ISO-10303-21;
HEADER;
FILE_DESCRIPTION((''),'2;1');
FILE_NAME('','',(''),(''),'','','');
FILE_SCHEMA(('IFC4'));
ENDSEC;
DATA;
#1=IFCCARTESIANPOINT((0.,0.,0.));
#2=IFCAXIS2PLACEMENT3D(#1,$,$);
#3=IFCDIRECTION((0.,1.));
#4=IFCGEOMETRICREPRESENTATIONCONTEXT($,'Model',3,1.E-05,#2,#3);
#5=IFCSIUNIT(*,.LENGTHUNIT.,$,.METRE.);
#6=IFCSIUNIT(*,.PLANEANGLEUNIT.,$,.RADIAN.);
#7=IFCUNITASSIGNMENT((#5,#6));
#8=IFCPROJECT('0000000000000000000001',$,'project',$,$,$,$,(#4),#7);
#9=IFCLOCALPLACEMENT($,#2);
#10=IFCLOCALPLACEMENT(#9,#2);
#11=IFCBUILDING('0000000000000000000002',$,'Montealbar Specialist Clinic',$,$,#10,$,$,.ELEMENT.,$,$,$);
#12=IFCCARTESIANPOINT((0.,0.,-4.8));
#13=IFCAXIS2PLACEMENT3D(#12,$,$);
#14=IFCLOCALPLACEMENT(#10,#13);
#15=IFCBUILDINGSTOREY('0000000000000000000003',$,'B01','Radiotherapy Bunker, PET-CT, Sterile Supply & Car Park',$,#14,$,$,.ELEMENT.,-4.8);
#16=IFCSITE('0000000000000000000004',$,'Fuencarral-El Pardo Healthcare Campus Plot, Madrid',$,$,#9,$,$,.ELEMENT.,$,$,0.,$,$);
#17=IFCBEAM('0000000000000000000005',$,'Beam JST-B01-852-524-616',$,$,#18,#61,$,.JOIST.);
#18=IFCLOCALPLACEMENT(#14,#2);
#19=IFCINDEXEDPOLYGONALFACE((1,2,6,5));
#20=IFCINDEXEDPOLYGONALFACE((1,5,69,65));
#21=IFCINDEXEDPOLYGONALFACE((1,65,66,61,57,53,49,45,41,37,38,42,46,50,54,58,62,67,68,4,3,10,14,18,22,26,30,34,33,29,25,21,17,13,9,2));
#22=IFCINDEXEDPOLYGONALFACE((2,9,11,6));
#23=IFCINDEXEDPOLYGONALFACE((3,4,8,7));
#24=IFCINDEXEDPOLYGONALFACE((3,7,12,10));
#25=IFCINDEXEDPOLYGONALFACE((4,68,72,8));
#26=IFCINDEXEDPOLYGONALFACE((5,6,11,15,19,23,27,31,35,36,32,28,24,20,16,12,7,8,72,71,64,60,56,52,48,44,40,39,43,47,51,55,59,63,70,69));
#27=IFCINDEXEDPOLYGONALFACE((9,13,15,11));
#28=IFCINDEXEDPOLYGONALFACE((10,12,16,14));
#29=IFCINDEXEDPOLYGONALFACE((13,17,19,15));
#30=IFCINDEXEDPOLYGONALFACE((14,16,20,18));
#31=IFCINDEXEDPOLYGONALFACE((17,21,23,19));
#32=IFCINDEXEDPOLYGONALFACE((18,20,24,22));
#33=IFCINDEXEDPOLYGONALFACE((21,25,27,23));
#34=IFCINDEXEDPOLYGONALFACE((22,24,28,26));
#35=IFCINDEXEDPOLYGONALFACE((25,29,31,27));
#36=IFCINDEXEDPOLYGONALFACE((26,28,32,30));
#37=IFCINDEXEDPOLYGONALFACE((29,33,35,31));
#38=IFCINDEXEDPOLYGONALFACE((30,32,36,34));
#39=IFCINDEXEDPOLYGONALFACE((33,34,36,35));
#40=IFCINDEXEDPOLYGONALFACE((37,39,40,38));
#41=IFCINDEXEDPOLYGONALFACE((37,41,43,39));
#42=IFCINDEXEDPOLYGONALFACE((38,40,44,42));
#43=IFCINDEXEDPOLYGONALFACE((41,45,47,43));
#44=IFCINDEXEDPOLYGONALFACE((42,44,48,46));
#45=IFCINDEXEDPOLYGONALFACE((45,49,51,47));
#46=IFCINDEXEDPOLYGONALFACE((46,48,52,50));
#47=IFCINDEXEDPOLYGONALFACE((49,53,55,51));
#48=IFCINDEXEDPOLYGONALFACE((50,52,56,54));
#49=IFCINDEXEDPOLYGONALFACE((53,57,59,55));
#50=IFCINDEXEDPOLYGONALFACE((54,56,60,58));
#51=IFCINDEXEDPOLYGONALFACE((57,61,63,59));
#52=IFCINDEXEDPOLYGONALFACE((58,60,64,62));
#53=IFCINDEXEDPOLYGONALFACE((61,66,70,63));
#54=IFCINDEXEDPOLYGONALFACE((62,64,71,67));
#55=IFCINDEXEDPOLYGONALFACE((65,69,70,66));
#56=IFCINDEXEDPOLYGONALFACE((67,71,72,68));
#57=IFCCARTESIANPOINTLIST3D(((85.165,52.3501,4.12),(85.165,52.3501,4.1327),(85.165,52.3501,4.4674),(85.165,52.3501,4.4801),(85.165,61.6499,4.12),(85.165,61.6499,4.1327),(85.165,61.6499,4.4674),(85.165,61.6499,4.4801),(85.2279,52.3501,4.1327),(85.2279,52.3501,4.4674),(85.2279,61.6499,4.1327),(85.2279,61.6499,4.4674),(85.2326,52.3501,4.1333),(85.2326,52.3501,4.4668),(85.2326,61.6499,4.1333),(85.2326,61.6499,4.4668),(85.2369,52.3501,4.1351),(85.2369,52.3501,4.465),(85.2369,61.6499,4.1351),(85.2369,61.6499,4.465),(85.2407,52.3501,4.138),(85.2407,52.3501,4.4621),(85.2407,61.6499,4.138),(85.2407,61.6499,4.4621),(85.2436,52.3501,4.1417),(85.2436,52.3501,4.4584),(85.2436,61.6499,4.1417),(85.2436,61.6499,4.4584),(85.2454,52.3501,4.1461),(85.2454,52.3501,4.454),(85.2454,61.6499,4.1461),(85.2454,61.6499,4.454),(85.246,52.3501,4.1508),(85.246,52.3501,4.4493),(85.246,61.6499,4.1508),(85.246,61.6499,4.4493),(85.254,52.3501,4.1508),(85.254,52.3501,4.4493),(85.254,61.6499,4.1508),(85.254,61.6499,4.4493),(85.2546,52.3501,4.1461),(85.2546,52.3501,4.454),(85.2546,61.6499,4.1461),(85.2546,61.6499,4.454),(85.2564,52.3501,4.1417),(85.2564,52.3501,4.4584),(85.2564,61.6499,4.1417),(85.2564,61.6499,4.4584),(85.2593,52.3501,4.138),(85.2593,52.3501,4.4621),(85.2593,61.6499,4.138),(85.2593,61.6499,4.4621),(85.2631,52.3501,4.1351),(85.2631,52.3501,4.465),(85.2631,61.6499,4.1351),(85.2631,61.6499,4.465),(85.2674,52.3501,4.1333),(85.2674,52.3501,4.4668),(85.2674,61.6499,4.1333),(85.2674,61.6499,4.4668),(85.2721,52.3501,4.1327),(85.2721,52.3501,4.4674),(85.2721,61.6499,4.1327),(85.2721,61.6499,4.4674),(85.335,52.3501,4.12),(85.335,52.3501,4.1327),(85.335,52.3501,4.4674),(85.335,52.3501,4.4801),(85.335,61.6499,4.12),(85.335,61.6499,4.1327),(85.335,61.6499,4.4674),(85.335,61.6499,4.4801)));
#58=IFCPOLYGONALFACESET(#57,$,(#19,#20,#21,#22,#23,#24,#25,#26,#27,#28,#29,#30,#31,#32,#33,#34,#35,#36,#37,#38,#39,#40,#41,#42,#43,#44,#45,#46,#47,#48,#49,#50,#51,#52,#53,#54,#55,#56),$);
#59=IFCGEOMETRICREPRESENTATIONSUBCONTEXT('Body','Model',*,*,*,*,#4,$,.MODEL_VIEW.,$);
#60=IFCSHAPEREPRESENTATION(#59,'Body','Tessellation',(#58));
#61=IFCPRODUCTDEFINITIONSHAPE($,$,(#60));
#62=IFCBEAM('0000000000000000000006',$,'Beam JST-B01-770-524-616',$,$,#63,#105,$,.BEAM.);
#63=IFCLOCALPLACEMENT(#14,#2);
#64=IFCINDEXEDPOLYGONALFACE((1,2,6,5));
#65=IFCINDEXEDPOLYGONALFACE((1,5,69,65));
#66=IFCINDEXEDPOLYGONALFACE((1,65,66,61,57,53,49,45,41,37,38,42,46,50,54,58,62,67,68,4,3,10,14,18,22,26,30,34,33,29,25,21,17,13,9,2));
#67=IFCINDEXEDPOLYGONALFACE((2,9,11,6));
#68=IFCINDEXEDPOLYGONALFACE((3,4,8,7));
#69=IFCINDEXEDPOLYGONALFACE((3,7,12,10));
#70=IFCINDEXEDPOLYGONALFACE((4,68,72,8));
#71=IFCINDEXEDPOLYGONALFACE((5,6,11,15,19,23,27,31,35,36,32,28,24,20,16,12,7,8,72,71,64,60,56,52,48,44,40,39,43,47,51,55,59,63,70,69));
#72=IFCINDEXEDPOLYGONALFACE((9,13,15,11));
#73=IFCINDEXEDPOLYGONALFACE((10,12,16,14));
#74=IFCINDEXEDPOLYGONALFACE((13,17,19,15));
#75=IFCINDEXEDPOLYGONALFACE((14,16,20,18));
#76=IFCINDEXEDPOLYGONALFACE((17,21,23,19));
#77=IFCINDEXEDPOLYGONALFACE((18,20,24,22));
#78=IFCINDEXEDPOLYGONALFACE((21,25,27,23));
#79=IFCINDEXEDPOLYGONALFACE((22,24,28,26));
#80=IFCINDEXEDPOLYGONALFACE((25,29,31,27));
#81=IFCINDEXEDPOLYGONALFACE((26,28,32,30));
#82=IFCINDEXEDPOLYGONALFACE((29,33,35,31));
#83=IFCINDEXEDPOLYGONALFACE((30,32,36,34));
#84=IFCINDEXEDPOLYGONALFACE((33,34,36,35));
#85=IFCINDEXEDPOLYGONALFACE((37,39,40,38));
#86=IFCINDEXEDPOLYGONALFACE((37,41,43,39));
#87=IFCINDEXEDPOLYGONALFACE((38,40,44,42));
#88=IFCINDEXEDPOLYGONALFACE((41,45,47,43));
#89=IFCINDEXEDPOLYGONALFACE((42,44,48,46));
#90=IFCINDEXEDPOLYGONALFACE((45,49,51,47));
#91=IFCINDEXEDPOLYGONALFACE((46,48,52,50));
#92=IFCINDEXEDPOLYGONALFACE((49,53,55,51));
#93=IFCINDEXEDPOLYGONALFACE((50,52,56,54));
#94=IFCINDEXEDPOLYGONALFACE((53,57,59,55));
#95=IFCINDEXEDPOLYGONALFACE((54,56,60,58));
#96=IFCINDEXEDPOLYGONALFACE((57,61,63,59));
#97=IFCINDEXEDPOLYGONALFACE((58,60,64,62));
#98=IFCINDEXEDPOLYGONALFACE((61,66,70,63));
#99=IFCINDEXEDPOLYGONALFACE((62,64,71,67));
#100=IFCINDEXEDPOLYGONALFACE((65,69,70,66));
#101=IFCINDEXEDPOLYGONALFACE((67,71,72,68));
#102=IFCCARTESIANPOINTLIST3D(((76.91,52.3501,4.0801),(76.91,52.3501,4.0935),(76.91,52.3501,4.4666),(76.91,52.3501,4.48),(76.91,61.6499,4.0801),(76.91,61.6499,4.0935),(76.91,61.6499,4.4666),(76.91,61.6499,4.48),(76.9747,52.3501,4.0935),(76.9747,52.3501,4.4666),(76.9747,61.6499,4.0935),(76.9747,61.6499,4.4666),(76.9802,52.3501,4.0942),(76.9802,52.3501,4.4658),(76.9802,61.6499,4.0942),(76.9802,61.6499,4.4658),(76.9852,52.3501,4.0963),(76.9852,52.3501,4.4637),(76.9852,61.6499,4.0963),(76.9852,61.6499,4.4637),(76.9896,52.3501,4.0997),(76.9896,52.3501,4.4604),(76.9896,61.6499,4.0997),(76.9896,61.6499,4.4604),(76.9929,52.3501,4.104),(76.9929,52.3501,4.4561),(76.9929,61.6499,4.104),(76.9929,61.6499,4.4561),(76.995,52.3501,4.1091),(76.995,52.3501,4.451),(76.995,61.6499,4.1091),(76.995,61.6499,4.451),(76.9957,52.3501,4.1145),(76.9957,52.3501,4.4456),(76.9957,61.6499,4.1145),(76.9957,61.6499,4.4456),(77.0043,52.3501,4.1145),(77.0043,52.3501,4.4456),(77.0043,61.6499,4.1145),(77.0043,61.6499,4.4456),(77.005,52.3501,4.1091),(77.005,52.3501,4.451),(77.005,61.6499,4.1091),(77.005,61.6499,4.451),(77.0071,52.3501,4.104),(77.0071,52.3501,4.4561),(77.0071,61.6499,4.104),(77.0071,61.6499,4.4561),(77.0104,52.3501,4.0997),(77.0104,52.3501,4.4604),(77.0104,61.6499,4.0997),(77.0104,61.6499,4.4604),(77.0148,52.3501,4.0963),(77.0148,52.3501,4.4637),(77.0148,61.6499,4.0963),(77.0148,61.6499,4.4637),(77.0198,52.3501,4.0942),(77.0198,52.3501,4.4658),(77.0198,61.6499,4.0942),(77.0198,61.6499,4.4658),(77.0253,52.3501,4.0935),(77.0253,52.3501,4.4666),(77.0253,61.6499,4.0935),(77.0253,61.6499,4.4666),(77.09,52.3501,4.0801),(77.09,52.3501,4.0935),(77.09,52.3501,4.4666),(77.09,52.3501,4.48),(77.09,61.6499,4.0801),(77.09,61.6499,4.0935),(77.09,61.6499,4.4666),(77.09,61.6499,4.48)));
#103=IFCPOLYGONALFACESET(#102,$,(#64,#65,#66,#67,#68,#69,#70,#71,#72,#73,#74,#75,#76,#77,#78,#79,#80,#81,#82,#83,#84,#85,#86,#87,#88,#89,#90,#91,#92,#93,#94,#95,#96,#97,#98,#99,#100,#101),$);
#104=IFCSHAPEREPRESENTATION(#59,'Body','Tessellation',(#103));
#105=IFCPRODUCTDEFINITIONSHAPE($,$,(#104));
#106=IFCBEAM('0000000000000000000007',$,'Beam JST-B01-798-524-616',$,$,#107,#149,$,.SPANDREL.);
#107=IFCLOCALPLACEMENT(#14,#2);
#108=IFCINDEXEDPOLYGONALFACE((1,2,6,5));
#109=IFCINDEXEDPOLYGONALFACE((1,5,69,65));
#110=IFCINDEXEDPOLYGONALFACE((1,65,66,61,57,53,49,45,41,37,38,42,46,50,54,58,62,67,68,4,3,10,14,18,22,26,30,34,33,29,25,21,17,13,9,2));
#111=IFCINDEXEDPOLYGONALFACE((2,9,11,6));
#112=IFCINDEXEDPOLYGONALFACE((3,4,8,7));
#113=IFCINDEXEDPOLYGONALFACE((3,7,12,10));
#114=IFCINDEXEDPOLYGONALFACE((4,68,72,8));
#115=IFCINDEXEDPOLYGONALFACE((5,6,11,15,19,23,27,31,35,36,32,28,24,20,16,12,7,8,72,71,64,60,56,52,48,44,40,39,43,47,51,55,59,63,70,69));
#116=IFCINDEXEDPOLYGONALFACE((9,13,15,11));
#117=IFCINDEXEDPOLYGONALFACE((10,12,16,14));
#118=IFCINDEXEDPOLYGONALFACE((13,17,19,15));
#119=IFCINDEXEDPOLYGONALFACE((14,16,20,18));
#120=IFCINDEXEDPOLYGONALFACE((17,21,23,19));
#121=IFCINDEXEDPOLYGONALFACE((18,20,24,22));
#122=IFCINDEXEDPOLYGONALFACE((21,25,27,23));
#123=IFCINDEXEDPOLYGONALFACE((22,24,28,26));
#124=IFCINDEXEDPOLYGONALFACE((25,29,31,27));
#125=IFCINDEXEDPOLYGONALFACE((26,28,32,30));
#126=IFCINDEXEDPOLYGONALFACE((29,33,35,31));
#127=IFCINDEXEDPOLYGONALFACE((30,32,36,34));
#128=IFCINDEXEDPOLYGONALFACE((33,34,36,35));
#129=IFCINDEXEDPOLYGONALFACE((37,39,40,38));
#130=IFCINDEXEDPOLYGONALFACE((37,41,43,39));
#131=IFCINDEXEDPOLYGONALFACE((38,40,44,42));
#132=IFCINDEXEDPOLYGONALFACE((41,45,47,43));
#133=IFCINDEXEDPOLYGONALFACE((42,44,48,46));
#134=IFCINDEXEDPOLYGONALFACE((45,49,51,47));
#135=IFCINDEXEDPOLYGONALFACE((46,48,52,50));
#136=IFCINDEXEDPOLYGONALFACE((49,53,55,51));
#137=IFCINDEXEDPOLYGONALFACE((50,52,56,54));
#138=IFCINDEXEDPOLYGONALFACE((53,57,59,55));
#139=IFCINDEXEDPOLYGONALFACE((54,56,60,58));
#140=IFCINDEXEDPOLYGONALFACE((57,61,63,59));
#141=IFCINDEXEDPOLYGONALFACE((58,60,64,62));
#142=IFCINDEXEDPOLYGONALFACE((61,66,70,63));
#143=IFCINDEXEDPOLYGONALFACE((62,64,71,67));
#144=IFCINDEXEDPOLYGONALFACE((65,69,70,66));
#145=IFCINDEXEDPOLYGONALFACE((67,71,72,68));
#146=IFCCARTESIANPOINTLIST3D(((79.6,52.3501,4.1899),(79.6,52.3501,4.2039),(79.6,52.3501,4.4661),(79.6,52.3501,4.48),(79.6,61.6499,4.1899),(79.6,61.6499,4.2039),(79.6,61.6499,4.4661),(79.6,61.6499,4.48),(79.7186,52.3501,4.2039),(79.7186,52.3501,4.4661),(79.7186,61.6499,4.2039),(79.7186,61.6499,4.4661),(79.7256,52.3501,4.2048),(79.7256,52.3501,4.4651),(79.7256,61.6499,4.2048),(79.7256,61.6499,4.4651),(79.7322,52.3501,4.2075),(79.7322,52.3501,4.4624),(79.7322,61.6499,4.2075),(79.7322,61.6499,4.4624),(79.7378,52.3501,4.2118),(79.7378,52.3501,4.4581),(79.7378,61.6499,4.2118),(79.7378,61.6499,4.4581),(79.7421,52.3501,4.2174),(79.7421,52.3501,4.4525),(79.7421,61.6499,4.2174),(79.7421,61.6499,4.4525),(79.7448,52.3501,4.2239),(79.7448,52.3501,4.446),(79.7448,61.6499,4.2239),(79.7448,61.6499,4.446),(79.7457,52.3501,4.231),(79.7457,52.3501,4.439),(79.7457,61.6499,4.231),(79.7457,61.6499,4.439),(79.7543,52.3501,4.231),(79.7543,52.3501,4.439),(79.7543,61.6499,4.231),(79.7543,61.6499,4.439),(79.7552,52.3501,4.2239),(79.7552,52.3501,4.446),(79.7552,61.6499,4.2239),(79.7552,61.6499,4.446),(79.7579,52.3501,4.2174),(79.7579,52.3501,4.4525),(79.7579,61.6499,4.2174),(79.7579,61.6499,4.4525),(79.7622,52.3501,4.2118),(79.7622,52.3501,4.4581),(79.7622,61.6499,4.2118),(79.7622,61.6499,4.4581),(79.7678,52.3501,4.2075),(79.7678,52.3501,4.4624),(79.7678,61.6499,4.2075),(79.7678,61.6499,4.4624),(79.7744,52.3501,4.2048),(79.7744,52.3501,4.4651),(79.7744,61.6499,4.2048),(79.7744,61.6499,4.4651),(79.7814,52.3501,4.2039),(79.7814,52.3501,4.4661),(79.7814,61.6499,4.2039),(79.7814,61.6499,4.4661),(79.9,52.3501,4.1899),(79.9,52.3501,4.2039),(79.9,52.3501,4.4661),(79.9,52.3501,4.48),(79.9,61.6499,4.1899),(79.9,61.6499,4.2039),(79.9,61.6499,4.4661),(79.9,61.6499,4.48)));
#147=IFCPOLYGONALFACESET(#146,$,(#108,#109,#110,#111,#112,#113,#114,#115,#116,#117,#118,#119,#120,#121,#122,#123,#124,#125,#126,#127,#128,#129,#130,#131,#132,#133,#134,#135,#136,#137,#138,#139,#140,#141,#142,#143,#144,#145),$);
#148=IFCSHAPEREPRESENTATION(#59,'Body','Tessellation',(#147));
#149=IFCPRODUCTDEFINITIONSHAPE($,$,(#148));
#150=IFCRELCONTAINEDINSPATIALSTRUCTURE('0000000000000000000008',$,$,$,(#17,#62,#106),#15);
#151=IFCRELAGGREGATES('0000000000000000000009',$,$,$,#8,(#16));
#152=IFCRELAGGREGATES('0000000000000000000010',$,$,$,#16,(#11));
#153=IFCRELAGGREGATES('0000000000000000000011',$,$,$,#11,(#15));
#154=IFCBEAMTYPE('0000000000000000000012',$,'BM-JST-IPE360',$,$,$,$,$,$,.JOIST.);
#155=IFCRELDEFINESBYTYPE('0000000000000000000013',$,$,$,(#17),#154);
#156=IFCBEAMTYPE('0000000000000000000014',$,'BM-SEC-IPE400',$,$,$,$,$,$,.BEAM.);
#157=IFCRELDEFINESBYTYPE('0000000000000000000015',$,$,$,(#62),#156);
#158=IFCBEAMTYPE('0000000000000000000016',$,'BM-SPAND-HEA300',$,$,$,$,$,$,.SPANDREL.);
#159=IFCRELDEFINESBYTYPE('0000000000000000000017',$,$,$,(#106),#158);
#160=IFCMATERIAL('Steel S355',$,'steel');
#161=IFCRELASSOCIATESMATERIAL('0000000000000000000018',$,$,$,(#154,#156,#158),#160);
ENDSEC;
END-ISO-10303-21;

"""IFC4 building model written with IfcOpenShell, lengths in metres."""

from ifc_helpers import new_model, si_unit, direction, frame, origin, origin_2d, place, context, subcontext, project, spatial, i_section, extrude, material, material_profile, profile_set, type_object, element, save


model = new_model("IFC4")

# Units and contexts
model_context = context("Model", 3, precision=1e-05, world=origin(), true_north=direction((0.0, 1.0)))
body_context = subcontext(model_context, "Body", "Model", "MODEL_VIEW")
ifc_project = project(units=[si_unit("LENGTHUNIT", "METRE"), si_unit("PLANEANGLEUNIT", "RADIAN")], contexts=[model_context])

# Site, building, storey
site_placement = place(None, origin())
site = spatial("IfcSite", under=ifc_project, at=site_placement, Name="Fuencarral-El Pardo Healthcare Campus Plot, Madrid", CompositionType="ELEMENT", RefElevation=0.0)
building_placement = place(site_placement, origin())
building = spatial("IfcBuilding", under=site, at=building_placement, Name="Montealbar Specialist Clinic", CompositionType="ELEMENT")
storey_placement = place(building_placement, frame((0.0, 0.0, -4.8)))
storey = spatial("IfcBuildingStorey", under=building, at=storey_placement, Name="B01", Description="Radiotherapy Bunker, PET-CT, Sterile Supply & Car Park", CompositionType="ELEMENT", Elevation=-4.8)

# Shared definitions
ifc_material_1 = material(Name="Steel S355", Category="steel")

# Beams
ifc_material_profile_1 = material_profile(ifc_material_1, i_section(OverallWidth=0.1699, OverallDepth=0.3601, WebThickness=0.0081, FlangeThickness=0.0127, FilletRadius=0.0181, at=origin_2d()), Name="IPE 360", Category="steel")
ifc_profile_set_1 = profile_set([ifc_material_profile_1], Name="Steel S355")
beam_type_1 = type_object("IfcBeamType", Name="BM-JST-IPE360", PredefinedType="JOIST", material=ifc_profile_set_1)
beam_1_placement = place(storey_placement, frame((85.25, 52.3501, 4.3), z_axis=(0.0, 1.0, 0.0), x_axis=(-1.0, 0.0, 0.0)))
element("IfcBeam", 1, at=beam_1_placement, inside=storey, type_object=beam_type_1, Name="Beam JST-B01-852-524-616", PredefinedType="JOIST", context=body_context, shape_type="SweptSolid", body=[
    extrude(i_section(OverallWidth=0.1699, OverallDepth=0.3601, WebThickness=0.0081, FlangeThickness=0.0127, FilletRadius=0.0181, at=origin_2d()), origin(), (0.0, 0.0, 1.0), 9.2998),
])
ifc_material_profile_2 = material_profile(ifc_material_1, i_section(OverallWidth=0.1799, OverallDepth=0.3999, WebThickness=0.0085, FlangeThickness=0.0134, FilletRadius=0.021, at=origin_2d()), Name="IPE 400", Category="steel")
ifc_profile_set_2 = profile_set([ifc_material_profile_2], Name="Steel S355")
beam_type_2 = type_object("IfcBeamType", Name="BM-SEC-IPE400", PredefinedType="BEAM", material=ifc_profile_set_2)
beam_2_placement = place(storey_placement, frame((77.0, 52.3501, 4.28), z_axis=(0.0, 1.0, 0.0), x_axis=(-1.0, 0.0, 0.0)))
element("IfcBeam", 2, at=beam_2_placement, inside=storey, type_object=beam_type_2, Name="Beam JST-B01-770-524-616", PredefinedType="BEAM", context=body_context, shape_type="SweptSolid", body=[
    extrude(i_section(OverallWidth=0.1799, OverallDepth=0.3999, WebThickness=0.0085, FlangeThickness=0.0134, FilletRadius=0.021, at=origin_2d()), origin(), (0.0, 0.0, 1.0), 9.2998),
])
ifc_material_profile_3 = material_profile(ifc_material_1, i_section(OverallWidth=0.3, OverallDepth=0.29, WebThickness=0.0085, FlangeThickness=0.0139, FilletRadius=0.0271, at=origin_2d()), Name="HEA 300", Category="steel")
ifc_profile_set_3 = profile_set([ifc_material_profile_3], Name="Steel S355")
beam_type_3 = type_object("IfcBeamType", Name="BM-SPAND-HEA300", PredefinedType="SPANDREL", material=ifc_profile_set_3)
beam_3_placement = place(storey_placement, frame((79.75, 52.3501, 4.335), z_axis=(0.0, 1.0, 0.0), x_axis=(-1.0, 0.0, 0.0)))
element("IfcBeam", 3, at=beam_3_placement, inside=storey, type_object=beam_type_3, Name="Beam JST-B01-798-524-616", PredefinedType="SPANDREL", context=body_context, shape_type="SweptSolid", body=[
    extrude(i_section(OverallWidth=0.3, OverallDepth=0.29, WebThickness=0.0085, FlangeThickness=0.0139, FilletRadius=0.0271, at=origin_2d()), origin(), (0.0, 0.0, 1.0), 9.2998),
])

save(model, "model.ifc")
